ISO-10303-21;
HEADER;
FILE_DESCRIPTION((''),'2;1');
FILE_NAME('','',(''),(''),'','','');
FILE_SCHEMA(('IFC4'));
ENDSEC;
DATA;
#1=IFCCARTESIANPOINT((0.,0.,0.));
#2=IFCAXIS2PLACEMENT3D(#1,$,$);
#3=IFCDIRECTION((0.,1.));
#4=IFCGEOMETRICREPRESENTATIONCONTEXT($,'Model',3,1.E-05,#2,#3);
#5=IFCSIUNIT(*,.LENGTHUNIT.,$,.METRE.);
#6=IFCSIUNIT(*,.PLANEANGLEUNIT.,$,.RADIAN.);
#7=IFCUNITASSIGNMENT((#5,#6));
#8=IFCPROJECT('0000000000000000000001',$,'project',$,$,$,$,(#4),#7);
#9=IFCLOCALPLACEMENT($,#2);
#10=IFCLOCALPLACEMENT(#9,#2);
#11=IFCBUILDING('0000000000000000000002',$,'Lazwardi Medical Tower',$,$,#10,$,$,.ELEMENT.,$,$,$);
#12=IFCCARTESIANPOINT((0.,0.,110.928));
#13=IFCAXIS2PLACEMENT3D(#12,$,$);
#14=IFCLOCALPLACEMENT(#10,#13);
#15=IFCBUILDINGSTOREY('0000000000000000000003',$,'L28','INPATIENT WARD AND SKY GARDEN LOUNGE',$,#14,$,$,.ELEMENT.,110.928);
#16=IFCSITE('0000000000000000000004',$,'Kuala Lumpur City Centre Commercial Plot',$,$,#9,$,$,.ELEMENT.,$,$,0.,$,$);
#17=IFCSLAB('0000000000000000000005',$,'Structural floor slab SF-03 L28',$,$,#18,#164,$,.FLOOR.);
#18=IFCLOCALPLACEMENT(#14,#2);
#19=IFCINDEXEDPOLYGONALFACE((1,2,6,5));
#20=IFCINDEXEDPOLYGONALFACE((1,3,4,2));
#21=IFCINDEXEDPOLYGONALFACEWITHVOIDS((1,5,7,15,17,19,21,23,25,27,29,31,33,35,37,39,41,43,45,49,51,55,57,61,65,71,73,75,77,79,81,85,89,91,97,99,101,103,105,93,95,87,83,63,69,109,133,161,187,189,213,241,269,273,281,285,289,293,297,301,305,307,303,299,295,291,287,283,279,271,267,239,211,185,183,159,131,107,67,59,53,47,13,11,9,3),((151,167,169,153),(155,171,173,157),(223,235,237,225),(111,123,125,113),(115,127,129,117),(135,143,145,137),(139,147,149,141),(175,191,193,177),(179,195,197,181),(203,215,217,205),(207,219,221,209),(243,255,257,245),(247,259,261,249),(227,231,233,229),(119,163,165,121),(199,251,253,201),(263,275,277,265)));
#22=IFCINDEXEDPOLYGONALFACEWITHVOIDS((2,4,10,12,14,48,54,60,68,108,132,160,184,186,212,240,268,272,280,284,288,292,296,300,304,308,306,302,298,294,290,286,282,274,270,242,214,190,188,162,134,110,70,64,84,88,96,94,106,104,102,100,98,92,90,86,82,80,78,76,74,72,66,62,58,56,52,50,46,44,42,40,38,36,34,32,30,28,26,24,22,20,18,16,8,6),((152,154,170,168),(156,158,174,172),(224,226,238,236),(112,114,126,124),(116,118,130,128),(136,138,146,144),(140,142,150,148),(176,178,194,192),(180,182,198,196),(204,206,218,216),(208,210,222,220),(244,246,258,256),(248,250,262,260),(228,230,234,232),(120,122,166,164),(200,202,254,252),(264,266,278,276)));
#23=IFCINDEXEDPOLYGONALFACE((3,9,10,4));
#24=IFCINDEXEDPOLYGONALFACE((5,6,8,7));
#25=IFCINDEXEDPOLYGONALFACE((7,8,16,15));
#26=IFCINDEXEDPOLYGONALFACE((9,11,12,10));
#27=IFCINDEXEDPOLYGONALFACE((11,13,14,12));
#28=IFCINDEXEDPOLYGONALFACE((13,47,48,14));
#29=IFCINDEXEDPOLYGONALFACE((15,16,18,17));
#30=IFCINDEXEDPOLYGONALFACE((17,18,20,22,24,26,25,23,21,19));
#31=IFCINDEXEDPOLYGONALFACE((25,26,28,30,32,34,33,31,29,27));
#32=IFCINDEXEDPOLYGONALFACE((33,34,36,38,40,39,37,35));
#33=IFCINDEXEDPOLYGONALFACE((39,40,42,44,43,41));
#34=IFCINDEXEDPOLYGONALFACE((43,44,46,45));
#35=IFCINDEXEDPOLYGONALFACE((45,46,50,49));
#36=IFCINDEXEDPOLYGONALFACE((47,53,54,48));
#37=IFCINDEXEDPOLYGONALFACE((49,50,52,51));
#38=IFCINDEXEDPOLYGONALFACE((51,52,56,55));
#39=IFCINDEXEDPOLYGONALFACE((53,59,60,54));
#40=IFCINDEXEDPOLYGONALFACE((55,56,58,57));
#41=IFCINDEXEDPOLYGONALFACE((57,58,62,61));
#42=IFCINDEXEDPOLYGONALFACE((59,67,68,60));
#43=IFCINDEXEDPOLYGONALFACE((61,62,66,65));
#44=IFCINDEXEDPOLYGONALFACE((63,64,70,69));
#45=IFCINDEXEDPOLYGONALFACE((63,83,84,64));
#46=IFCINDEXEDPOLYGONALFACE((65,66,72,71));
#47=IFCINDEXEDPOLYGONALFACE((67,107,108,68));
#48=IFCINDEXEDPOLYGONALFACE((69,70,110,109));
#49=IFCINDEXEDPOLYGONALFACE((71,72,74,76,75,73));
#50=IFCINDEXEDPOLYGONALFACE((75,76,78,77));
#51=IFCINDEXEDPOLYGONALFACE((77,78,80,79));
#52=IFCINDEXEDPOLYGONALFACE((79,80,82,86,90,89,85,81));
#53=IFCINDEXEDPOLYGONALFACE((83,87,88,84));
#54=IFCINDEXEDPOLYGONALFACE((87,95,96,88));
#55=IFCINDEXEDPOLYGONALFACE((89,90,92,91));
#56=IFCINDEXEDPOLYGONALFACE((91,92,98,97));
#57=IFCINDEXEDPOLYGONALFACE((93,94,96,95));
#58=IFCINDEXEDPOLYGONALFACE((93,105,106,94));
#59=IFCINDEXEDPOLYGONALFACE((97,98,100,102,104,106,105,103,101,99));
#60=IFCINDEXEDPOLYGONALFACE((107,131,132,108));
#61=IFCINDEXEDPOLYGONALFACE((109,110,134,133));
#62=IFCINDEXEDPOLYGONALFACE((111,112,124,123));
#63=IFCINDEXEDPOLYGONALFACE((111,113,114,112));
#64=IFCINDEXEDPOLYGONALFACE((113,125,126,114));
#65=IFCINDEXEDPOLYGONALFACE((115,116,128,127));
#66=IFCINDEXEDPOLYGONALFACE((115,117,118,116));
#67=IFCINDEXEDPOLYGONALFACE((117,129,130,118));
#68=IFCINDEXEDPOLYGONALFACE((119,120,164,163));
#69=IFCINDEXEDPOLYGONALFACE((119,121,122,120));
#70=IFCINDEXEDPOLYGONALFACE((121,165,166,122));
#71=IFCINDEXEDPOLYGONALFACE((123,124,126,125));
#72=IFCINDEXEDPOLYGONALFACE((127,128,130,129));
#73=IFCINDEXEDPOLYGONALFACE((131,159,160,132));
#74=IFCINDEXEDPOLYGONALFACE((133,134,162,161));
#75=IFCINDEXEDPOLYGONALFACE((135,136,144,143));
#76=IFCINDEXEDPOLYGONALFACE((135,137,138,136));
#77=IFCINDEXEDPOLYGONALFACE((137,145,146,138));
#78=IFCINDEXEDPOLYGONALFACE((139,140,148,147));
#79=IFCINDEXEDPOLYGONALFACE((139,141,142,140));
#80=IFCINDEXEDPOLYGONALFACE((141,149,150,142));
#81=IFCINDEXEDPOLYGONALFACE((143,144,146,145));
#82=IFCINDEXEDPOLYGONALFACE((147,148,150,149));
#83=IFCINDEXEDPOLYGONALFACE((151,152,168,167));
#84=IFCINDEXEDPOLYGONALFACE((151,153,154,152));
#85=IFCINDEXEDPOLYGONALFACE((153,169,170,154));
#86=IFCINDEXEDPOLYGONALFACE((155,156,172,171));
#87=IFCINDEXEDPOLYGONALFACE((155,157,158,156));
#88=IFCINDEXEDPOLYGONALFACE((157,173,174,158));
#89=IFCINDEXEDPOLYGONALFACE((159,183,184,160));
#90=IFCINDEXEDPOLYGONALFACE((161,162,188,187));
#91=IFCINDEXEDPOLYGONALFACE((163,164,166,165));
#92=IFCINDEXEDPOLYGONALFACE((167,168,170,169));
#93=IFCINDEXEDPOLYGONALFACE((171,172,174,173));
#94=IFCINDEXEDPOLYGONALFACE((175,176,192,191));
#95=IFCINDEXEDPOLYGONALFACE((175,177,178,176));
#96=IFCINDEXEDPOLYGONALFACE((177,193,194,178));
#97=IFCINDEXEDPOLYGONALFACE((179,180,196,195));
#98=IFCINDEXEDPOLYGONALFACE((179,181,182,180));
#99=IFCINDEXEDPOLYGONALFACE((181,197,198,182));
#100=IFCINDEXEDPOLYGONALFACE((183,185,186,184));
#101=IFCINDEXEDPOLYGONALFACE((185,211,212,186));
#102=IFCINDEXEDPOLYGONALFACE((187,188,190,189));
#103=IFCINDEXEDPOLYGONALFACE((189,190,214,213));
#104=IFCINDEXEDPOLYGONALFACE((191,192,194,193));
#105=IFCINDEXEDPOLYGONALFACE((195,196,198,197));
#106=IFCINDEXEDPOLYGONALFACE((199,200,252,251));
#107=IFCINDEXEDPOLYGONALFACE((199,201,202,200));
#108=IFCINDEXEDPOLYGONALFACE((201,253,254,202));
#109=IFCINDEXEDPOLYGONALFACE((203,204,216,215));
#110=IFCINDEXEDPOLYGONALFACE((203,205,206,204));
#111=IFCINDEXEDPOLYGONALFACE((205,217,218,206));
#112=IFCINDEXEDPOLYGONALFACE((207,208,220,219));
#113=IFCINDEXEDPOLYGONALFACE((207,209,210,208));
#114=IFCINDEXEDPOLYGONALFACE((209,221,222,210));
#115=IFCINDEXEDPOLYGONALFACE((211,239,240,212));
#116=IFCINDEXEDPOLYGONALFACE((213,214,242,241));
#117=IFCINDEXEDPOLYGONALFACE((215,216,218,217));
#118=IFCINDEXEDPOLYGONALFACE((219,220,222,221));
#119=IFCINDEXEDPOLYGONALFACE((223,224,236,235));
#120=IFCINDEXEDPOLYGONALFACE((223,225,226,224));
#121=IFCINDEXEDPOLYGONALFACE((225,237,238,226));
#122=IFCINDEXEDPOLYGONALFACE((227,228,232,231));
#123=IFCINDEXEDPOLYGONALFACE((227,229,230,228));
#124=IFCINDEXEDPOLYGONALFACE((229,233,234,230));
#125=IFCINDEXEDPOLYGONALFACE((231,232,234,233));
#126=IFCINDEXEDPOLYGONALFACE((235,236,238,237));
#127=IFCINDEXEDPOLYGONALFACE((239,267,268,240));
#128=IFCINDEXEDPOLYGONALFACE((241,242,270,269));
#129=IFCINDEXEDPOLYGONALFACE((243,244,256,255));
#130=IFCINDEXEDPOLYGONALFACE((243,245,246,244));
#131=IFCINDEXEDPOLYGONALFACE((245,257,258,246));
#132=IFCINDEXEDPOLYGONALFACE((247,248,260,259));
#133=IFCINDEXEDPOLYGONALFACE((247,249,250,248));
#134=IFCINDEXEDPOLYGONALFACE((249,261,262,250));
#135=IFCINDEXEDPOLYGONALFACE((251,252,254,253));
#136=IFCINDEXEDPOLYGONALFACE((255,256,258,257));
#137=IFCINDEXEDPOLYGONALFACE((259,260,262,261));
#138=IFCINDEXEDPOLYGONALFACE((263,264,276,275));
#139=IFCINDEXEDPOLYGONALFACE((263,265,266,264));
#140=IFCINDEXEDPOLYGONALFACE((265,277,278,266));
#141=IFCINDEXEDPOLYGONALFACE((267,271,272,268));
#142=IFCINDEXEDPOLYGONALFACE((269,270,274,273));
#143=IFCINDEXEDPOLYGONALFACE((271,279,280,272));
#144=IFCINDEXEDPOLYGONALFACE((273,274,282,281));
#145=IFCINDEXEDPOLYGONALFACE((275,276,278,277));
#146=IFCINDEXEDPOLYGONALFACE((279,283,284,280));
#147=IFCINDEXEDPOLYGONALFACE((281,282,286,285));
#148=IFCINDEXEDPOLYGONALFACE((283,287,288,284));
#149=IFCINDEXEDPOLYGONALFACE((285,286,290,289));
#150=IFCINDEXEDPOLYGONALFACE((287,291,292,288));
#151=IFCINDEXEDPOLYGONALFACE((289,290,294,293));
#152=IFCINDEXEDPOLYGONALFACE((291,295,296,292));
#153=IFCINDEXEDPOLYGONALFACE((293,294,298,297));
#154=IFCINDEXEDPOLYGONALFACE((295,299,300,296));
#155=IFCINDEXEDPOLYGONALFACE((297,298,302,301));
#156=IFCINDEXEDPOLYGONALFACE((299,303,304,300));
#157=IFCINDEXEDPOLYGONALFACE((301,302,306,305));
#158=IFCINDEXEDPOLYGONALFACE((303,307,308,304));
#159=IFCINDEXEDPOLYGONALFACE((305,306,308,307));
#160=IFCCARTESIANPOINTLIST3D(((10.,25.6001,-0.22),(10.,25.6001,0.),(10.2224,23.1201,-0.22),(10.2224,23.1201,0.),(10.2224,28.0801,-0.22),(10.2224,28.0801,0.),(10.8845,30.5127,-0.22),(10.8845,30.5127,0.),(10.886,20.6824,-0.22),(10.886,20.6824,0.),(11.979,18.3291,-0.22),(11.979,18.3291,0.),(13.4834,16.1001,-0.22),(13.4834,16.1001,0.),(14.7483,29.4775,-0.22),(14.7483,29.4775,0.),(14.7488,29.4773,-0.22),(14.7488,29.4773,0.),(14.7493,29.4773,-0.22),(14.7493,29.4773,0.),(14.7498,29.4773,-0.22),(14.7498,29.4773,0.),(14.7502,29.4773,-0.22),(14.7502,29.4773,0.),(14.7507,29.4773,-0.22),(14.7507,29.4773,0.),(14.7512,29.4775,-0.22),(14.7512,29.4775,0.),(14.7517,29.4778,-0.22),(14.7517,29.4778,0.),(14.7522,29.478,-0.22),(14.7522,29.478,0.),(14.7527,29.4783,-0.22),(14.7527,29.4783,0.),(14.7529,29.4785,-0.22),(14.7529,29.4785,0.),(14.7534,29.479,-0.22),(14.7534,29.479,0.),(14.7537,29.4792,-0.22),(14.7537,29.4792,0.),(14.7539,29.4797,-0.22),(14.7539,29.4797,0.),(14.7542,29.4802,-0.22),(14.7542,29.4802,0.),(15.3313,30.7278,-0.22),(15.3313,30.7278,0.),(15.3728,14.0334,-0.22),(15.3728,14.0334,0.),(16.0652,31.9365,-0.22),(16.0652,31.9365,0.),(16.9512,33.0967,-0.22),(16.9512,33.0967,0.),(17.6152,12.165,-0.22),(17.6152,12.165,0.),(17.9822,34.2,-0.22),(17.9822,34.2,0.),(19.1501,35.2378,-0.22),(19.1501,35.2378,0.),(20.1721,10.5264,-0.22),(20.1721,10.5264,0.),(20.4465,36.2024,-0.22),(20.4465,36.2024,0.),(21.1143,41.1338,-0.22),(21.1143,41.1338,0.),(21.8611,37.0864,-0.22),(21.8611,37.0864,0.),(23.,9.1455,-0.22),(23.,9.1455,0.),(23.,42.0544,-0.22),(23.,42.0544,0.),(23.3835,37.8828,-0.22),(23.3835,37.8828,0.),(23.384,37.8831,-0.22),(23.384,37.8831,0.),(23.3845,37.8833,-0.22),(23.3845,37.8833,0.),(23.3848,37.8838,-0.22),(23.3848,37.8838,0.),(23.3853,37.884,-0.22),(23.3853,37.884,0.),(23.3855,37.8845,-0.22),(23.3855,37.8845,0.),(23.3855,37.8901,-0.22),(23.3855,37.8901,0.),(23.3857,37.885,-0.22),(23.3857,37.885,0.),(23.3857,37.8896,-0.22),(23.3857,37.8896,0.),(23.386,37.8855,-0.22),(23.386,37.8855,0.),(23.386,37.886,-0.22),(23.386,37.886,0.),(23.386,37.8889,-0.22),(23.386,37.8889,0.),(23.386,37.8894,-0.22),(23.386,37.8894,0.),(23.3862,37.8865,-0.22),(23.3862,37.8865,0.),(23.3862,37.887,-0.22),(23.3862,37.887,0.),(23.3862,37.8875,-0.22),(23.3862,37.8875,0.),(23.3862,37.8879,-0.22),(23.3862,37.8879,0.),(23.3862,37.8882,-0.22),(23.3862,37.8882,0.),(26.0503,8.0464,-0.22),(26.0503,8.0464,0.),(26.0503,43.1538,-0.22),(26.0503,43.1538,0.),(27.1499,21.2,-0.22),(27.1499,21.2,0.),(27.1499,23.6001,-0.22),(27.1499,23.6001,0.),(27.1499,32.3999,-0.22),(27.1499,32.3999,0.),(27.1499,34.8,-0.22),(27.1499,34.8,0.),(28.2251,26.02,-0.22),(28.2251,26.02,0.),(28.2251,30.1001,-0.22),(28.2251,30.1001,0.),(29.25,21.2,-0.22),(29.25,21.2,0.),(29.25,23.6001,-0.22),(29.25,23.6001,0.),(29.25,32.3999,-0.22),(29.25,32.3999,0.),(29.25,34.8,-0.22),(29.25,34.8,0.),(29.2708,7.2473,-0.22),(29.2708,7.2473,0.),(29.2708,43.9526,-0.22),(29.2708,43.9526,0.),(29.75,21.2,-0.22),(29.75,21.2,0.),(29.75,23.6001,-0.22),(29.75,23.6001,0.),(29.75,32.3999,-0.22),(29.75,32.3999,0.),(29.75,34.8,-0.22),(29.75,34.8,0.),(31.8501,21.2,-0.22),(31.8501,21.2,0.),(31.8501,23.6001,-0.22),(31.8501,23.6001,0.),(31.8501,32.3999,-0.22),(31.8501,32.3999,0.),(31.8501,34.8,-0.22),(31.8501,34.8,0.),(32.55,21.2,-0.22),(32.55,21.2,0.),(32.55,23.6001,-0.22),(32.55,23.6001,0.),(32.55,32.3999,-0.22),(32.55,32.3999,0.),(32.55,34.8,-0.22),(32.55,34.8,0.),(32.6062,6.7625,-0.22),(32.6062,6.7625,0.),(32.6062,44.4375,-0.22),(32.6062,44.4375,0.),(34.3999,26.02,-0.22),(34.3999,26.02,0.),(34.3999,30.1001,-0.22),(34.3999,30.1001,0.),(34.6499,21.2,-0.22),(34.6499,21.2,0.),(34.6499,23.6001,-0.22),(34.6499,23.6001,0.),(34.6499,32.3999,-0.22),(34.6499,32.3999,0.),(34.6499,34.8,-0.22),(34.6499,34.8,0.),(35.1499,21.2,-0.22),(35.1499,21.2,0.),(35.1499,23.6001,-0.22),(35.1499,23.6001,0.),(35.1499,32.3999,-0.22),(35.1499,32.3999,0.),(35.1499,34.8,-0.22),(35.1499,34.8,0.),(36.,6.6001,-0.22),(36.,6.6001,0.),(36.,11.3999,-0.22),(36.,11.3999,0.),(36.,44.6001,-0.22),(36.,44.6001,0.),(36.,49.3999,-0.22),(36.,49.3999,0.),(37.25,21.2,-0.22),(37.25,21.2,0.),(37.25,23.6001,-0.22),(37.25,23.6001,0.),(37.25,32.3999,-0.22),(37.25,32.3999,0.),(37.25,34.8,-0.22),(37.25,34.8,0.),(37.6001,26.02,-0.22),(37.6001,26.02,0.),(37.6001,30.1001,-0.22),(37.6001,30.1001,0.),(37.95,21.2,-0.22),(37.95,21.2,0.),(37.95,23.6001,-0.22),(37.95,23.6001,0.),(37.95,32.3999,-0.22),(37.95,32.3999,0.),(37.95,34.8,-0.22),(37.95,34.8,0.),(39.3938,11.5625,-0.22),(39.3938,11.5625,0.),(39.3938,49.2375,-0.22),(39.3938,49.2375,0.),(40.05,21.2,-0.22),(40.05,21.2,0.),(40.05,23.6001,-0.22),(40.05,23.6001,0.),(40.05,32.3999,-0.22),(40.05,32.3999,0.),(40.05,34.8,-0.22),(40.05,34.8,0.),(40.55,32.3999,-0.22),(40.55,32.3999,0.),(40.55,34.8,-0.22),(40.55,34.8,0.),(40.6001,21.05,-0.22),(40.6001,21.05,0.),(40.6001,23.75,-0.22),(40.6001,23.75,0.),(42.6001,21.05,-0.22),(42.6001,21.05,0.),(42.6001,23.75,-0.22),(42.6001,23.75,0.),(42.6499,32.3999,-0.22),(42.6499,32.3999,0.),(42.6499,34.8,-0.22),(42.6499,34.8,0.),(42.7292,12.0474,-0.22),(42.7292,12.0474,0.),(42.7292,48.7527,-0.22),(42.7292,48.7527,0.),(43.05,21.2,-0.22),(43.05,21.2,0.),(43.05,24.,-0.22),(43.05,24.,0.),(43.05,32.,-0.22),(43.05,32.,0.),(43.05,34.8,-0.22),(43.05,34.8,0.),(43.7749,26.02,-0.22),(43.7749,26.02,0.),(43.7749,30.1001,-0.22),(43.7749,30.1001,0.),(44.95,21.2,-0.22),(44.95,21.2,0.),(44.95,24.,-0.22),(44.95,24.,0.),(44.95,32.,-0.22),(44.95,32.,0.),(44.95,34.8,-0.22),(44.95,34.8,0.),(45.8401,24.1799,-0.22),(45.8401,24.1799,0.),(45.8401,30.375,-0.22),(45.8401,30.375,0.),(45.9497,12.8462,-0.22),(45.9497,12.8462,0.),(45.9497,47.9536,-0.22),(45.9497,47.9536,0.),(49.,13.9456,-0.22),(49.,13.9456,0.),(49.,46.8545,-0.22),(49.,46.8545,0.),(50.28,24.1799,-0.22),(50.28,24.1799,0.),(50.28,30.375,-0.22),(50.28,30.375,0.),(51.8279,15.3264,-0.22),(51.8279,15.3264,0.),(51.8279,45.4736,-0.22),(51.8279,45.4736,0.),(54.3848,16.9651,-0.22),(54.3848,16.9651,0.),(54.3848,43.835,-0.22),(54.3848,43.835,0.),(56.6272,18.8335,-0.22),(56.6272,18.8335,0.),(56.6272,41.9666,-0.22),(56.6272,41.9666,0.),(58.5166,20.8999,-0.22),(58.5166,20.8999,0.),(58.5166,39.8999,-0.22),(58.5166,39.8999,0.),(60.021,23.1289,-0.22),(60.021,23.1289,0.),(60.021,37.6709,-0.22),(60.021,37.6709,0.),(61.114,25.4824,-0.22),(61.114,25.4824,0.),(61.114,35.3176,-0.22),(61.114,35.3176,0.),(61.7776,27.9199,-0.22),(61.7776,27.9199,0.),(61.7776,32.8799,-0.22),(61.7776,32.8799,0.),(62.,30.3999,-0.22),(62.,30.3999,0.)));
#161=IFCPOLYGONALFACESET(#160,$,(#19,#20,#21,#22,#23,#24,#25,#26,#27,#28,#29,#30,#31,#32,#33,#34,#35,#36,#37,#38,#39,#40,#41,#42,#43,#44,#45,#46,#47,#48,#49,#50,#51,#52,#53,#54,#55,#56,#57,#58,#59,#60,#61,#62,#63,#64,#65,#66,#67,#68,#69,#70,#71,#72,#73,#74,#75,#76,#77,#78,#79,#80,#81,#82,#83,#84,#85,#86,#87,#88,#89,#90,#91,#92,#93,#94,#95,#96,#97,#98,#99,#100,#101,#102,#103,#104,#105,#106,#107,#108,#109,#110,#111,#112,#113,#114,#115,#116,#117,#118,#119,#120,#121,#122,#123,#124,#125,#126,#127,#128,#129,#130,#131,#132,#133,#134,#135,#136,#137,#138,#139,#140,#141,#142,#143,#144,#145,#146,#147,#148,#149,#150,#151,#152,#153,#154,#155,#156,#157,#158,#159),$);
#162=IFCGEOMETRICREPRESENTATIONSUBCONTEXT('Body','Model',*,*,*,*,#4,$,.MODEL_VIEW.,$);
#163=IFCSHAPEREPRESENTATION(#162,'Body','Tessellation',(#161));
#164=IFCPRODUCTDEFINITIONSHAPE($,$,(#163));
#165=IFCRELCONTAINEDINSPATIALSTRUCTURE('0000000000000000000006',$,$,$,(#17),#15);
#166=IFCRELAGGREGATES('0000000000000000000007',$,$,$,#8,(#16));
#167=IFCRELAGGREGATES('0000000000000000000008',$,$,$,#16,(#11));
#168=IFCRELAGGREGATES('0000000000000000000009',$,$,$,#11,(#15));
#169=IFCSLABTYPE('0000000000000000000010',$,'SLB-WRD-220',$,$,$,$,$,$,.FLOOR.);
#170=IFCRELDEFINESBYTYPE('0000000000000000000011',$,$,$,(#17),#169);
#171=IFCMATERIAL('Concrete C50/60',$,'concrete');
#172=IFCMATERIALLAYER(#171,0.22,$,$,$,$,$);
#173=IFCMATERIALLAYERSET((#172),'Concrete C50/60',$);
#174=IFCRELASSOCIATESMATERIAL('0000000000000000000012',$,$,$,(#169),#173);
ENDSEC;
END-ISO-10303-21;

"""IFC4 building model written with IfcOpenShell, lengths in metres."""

from ifc_helpers import new_model, si_unit, direction, frame, origin, place, context, subcontext, project, spatial, polyline, outline, extrude, material, layer, layer_set, type_object, element, save


model = new_model("IFC4")

# Units and contexts
model_context = context("Model", 3, precision=1e-05, world=origin(), true_north=direction((0.0, 1.0)))
body_context = subcontext(model_context, "Body", "Model", "MODEL_VIEW")
ifc_project = project(units=[si_unit("LENGTHUNIT", "METRE"), si_unit("PLANEANGLEUNIT", "RADIAN")], contexts=[model_context])

# Site, building, storey
site_placement = place(None, origin())
site = spatial("IfcSite", under=ifc_project, at=site_placement, Name="Kuala Lumpur City Centre Commercial Plot", CompositionType="ELEMENT", RefElevation=0.0)
building_placement = place(site_placement, origin())
building = spatial("IfcBuilding", under=site, at=building_placement, Name="Lazwardi Medical Tower", CompositionType="ELEMENT")
storey_placement = place(building_placement, frame((0.0, 0.0, 110.928)))
storey = spatial("IfcBuildingStorey", under=building, at=storey_placement, Name="L28", Description="INPATIENT WARD AND SKY GARDEN LOUNGE", CompositionType="ELEMENT", Elevation=110.928)

# Slab
ifc_material_1 = material(Name="Concrete C50/60", Category="concrete")
ifc_layer_1 = layer(ifc_material_1, 0.22)
ifc_layer_set_1 = layer_set([ifc_layer_1], Name="Concrete C50/60")
slab_type_1 = type_object("IfcSlabType", Name="SLB-WRD-220", PredefinedType="FLOOR", material=ifc_layer_set_1)
slab_1_placement = place(storey_placement, frame((0.0, 0.0, -0.22)))
element("IfcSlab", 1, at=slab_1_placement, inside=storey, type_object=slab_type_1, Name="Structural floor slab SF-03 L28", PredefinedType="FLOOR", context=body_context, shape_type="SweptSolid", body=[
    extrude(outline(polyline([(61.7776, 32.8799), (61.114, 35.3176), (60.021, 37.6709), (58.5166, 39.8999), (56.6272, 41.9666), (54.3848, 43.835), (51.8279, 45.4736), (49.0, 46.8545), (45.9497, 47.9536), (42.7292, 48.7527), (39.3938, 49.2375), (36.0, 49.3999), (36.0, 44.6001), (32.6062, 44.4375), (29.2708, 43.9526), (26.0503, 43.1538), (23.0, 42.0544), (21.1143, 41.1338), (23.3855, 37.8901), (23.3857, 37.8896), (23.386, 37.8894), (23.386, 37.8889), (23.3862, 37.8882), (23.3862, 37.8879), (23.3862, 37.8875), (23.3862, 37.887), (23.3862, 37.8865), (23.386, 37.886), (23.386, 37.8855), (23.3857, 37.885), (23.3855, 37.8845), (23.3853, 37.884), (23.3848, 37.8838), (23.3845, 37.8833), (23.384, 37.8831), (23.3835, 37.8828), (21.8611, 37.0864), (20.4465, 36.2024), (19.1501, 35.2378), (17.9822, 34.2), (16.9512, 33.0967), (16.0652, 31.9365), (15.3313, 30.7278), (14.7542, 29.4802), (14.7539, 29.4797), (14.7537, 29.4792), (14.7534, 29.479), (14.7529, 29.4785), (14.7527, 29.4783), (14.7522, 29.478), (14.7517, 29.4778), (14.7512, 29.4775), (14.7507, 29.4773), (14.7502, 29.4773), (14.7498, 29.4773), (14.7493, 29.4773), (14.7488, 29.4773), (14.7483, 29.4775), (10.8845, 30.5127), (10.8845, 30.5127), (10.2224, 28.0801), (10.0, 25.6001), (10.2224, 23.1201), (10.886, 20.6824), (11.979, 18.3291), (13.4834, 16.1001), (15.3728, 14.0334), (17.6152, 12.165), (20.1721, 10.5264), (23.0, 9.1455), (26.0503, 8.0464), (29.2708, 7.2473), (32.6062, 6.7625), (36.0, 6.6001), (36.0, 11.3999), (39.3938, 11.5625), (42.7292, 12.0474), (45.9497, 12.8462), (49.0, 13.9456), (51.8279, 15.3264), (54.3848, 16.9651), (56.6272, 18.8335), (58.5166, 20.8999), (60.021, 23.1289), (61.114, 25.4824), (61.7776, 27.9199), (62.0, 30.3999), (61.7776, 32.8799)]), holes=[polyline([(28.2251, 26.02), (28.2251, 30.1001), (34.3999, 30.1001), (34.3999, 26.02), (28.2251, 26.02)]), polyline([(37.6001, 30.1001), (43.7749, 30.1001), (43.7749, 26.02), (37.6001, 26.02), (37.6001, 30.1001)]), polyline([(50.28, 30.375), (50.28, 24.1799), (45.8401, 24.1799), (45.8401, 30.375), (50.28, 30.375)]), polyline([(29.25, 32.3999), (27.1499, 32.3999), (27.1499, 34.8), (29.25, 34.8), (29.25, 32.3999)]), polyline([(29.75, 32.3999), (29.75, 34.8), (31.8501, 34.8), (31.8501, 32.3999), (29.75, 32.3999)]), polyline([(27.1499, 23.6001), (29.25, 23.6001), (29.25, 21.2), (27.1499, 21.2), (27.1499, 23.6001)]), polyline([(31.8501, 23.6001), (31.8501, 21.2), (29.75, 21.2), (29.75, 23.6001), (31.8501, 23.6001)]), polyline([(34.6499, 32.3999), (32.55, 32.3999), (32.55, 34.8), (34.6499, 34.8), (34.6499, 32.3999)]), polyline([(35.1499, 32.3999), (35.1499, 34.8), (37.25, 34.8), (37.25, 32.3999), (35.1499, 32.3999)]), polyline([(32.55, 23.6001), (34.6499, 23.6001), (34.6499, 21.2), (32.55, 21.2), (32.55, 23.6001)]), polyline([(37.25, 23.6001), (37.25, 21.2), (35.1499, 21.2), (35.1499, 23.6001), (37.25, 23.6001)]), polyline([(40.05, 32.3999), (37.95, 32.3999), (37.95, 34.8), (40.05, 34.8), (40.05, 32.3999)]), polyline([(40.55, 32.3999), (40.55, 34.8), (42.6499, 34.8), (42.6499, 32.3999), (40.55, 32.3999)]), polyline([(37.95, 23.6001), (40.05, 23.6001), (40.05, 21.2), (37.95, 21.2), (37.95, 23.6001)]), polyline([(44.95, 34.8), (44.95, 32.0), (43.05, 32.0), (43.05, 34.8), (44.95, 34.8)]), polyline([(44.95, 21.2), (43.05, 21.2), (43.05, 24.0), (44.95, 24.0), (44.95, 21.2)]), polyline([(40.6001, 21.05), (40.6001, 23.75), (42.6001, 23.75), (42.6001, 21.05), (40.6001, 21.05)])]), origin(), (0.0, 0.0, 1.0), 0.22),
])

save(model, "model.ifc")
